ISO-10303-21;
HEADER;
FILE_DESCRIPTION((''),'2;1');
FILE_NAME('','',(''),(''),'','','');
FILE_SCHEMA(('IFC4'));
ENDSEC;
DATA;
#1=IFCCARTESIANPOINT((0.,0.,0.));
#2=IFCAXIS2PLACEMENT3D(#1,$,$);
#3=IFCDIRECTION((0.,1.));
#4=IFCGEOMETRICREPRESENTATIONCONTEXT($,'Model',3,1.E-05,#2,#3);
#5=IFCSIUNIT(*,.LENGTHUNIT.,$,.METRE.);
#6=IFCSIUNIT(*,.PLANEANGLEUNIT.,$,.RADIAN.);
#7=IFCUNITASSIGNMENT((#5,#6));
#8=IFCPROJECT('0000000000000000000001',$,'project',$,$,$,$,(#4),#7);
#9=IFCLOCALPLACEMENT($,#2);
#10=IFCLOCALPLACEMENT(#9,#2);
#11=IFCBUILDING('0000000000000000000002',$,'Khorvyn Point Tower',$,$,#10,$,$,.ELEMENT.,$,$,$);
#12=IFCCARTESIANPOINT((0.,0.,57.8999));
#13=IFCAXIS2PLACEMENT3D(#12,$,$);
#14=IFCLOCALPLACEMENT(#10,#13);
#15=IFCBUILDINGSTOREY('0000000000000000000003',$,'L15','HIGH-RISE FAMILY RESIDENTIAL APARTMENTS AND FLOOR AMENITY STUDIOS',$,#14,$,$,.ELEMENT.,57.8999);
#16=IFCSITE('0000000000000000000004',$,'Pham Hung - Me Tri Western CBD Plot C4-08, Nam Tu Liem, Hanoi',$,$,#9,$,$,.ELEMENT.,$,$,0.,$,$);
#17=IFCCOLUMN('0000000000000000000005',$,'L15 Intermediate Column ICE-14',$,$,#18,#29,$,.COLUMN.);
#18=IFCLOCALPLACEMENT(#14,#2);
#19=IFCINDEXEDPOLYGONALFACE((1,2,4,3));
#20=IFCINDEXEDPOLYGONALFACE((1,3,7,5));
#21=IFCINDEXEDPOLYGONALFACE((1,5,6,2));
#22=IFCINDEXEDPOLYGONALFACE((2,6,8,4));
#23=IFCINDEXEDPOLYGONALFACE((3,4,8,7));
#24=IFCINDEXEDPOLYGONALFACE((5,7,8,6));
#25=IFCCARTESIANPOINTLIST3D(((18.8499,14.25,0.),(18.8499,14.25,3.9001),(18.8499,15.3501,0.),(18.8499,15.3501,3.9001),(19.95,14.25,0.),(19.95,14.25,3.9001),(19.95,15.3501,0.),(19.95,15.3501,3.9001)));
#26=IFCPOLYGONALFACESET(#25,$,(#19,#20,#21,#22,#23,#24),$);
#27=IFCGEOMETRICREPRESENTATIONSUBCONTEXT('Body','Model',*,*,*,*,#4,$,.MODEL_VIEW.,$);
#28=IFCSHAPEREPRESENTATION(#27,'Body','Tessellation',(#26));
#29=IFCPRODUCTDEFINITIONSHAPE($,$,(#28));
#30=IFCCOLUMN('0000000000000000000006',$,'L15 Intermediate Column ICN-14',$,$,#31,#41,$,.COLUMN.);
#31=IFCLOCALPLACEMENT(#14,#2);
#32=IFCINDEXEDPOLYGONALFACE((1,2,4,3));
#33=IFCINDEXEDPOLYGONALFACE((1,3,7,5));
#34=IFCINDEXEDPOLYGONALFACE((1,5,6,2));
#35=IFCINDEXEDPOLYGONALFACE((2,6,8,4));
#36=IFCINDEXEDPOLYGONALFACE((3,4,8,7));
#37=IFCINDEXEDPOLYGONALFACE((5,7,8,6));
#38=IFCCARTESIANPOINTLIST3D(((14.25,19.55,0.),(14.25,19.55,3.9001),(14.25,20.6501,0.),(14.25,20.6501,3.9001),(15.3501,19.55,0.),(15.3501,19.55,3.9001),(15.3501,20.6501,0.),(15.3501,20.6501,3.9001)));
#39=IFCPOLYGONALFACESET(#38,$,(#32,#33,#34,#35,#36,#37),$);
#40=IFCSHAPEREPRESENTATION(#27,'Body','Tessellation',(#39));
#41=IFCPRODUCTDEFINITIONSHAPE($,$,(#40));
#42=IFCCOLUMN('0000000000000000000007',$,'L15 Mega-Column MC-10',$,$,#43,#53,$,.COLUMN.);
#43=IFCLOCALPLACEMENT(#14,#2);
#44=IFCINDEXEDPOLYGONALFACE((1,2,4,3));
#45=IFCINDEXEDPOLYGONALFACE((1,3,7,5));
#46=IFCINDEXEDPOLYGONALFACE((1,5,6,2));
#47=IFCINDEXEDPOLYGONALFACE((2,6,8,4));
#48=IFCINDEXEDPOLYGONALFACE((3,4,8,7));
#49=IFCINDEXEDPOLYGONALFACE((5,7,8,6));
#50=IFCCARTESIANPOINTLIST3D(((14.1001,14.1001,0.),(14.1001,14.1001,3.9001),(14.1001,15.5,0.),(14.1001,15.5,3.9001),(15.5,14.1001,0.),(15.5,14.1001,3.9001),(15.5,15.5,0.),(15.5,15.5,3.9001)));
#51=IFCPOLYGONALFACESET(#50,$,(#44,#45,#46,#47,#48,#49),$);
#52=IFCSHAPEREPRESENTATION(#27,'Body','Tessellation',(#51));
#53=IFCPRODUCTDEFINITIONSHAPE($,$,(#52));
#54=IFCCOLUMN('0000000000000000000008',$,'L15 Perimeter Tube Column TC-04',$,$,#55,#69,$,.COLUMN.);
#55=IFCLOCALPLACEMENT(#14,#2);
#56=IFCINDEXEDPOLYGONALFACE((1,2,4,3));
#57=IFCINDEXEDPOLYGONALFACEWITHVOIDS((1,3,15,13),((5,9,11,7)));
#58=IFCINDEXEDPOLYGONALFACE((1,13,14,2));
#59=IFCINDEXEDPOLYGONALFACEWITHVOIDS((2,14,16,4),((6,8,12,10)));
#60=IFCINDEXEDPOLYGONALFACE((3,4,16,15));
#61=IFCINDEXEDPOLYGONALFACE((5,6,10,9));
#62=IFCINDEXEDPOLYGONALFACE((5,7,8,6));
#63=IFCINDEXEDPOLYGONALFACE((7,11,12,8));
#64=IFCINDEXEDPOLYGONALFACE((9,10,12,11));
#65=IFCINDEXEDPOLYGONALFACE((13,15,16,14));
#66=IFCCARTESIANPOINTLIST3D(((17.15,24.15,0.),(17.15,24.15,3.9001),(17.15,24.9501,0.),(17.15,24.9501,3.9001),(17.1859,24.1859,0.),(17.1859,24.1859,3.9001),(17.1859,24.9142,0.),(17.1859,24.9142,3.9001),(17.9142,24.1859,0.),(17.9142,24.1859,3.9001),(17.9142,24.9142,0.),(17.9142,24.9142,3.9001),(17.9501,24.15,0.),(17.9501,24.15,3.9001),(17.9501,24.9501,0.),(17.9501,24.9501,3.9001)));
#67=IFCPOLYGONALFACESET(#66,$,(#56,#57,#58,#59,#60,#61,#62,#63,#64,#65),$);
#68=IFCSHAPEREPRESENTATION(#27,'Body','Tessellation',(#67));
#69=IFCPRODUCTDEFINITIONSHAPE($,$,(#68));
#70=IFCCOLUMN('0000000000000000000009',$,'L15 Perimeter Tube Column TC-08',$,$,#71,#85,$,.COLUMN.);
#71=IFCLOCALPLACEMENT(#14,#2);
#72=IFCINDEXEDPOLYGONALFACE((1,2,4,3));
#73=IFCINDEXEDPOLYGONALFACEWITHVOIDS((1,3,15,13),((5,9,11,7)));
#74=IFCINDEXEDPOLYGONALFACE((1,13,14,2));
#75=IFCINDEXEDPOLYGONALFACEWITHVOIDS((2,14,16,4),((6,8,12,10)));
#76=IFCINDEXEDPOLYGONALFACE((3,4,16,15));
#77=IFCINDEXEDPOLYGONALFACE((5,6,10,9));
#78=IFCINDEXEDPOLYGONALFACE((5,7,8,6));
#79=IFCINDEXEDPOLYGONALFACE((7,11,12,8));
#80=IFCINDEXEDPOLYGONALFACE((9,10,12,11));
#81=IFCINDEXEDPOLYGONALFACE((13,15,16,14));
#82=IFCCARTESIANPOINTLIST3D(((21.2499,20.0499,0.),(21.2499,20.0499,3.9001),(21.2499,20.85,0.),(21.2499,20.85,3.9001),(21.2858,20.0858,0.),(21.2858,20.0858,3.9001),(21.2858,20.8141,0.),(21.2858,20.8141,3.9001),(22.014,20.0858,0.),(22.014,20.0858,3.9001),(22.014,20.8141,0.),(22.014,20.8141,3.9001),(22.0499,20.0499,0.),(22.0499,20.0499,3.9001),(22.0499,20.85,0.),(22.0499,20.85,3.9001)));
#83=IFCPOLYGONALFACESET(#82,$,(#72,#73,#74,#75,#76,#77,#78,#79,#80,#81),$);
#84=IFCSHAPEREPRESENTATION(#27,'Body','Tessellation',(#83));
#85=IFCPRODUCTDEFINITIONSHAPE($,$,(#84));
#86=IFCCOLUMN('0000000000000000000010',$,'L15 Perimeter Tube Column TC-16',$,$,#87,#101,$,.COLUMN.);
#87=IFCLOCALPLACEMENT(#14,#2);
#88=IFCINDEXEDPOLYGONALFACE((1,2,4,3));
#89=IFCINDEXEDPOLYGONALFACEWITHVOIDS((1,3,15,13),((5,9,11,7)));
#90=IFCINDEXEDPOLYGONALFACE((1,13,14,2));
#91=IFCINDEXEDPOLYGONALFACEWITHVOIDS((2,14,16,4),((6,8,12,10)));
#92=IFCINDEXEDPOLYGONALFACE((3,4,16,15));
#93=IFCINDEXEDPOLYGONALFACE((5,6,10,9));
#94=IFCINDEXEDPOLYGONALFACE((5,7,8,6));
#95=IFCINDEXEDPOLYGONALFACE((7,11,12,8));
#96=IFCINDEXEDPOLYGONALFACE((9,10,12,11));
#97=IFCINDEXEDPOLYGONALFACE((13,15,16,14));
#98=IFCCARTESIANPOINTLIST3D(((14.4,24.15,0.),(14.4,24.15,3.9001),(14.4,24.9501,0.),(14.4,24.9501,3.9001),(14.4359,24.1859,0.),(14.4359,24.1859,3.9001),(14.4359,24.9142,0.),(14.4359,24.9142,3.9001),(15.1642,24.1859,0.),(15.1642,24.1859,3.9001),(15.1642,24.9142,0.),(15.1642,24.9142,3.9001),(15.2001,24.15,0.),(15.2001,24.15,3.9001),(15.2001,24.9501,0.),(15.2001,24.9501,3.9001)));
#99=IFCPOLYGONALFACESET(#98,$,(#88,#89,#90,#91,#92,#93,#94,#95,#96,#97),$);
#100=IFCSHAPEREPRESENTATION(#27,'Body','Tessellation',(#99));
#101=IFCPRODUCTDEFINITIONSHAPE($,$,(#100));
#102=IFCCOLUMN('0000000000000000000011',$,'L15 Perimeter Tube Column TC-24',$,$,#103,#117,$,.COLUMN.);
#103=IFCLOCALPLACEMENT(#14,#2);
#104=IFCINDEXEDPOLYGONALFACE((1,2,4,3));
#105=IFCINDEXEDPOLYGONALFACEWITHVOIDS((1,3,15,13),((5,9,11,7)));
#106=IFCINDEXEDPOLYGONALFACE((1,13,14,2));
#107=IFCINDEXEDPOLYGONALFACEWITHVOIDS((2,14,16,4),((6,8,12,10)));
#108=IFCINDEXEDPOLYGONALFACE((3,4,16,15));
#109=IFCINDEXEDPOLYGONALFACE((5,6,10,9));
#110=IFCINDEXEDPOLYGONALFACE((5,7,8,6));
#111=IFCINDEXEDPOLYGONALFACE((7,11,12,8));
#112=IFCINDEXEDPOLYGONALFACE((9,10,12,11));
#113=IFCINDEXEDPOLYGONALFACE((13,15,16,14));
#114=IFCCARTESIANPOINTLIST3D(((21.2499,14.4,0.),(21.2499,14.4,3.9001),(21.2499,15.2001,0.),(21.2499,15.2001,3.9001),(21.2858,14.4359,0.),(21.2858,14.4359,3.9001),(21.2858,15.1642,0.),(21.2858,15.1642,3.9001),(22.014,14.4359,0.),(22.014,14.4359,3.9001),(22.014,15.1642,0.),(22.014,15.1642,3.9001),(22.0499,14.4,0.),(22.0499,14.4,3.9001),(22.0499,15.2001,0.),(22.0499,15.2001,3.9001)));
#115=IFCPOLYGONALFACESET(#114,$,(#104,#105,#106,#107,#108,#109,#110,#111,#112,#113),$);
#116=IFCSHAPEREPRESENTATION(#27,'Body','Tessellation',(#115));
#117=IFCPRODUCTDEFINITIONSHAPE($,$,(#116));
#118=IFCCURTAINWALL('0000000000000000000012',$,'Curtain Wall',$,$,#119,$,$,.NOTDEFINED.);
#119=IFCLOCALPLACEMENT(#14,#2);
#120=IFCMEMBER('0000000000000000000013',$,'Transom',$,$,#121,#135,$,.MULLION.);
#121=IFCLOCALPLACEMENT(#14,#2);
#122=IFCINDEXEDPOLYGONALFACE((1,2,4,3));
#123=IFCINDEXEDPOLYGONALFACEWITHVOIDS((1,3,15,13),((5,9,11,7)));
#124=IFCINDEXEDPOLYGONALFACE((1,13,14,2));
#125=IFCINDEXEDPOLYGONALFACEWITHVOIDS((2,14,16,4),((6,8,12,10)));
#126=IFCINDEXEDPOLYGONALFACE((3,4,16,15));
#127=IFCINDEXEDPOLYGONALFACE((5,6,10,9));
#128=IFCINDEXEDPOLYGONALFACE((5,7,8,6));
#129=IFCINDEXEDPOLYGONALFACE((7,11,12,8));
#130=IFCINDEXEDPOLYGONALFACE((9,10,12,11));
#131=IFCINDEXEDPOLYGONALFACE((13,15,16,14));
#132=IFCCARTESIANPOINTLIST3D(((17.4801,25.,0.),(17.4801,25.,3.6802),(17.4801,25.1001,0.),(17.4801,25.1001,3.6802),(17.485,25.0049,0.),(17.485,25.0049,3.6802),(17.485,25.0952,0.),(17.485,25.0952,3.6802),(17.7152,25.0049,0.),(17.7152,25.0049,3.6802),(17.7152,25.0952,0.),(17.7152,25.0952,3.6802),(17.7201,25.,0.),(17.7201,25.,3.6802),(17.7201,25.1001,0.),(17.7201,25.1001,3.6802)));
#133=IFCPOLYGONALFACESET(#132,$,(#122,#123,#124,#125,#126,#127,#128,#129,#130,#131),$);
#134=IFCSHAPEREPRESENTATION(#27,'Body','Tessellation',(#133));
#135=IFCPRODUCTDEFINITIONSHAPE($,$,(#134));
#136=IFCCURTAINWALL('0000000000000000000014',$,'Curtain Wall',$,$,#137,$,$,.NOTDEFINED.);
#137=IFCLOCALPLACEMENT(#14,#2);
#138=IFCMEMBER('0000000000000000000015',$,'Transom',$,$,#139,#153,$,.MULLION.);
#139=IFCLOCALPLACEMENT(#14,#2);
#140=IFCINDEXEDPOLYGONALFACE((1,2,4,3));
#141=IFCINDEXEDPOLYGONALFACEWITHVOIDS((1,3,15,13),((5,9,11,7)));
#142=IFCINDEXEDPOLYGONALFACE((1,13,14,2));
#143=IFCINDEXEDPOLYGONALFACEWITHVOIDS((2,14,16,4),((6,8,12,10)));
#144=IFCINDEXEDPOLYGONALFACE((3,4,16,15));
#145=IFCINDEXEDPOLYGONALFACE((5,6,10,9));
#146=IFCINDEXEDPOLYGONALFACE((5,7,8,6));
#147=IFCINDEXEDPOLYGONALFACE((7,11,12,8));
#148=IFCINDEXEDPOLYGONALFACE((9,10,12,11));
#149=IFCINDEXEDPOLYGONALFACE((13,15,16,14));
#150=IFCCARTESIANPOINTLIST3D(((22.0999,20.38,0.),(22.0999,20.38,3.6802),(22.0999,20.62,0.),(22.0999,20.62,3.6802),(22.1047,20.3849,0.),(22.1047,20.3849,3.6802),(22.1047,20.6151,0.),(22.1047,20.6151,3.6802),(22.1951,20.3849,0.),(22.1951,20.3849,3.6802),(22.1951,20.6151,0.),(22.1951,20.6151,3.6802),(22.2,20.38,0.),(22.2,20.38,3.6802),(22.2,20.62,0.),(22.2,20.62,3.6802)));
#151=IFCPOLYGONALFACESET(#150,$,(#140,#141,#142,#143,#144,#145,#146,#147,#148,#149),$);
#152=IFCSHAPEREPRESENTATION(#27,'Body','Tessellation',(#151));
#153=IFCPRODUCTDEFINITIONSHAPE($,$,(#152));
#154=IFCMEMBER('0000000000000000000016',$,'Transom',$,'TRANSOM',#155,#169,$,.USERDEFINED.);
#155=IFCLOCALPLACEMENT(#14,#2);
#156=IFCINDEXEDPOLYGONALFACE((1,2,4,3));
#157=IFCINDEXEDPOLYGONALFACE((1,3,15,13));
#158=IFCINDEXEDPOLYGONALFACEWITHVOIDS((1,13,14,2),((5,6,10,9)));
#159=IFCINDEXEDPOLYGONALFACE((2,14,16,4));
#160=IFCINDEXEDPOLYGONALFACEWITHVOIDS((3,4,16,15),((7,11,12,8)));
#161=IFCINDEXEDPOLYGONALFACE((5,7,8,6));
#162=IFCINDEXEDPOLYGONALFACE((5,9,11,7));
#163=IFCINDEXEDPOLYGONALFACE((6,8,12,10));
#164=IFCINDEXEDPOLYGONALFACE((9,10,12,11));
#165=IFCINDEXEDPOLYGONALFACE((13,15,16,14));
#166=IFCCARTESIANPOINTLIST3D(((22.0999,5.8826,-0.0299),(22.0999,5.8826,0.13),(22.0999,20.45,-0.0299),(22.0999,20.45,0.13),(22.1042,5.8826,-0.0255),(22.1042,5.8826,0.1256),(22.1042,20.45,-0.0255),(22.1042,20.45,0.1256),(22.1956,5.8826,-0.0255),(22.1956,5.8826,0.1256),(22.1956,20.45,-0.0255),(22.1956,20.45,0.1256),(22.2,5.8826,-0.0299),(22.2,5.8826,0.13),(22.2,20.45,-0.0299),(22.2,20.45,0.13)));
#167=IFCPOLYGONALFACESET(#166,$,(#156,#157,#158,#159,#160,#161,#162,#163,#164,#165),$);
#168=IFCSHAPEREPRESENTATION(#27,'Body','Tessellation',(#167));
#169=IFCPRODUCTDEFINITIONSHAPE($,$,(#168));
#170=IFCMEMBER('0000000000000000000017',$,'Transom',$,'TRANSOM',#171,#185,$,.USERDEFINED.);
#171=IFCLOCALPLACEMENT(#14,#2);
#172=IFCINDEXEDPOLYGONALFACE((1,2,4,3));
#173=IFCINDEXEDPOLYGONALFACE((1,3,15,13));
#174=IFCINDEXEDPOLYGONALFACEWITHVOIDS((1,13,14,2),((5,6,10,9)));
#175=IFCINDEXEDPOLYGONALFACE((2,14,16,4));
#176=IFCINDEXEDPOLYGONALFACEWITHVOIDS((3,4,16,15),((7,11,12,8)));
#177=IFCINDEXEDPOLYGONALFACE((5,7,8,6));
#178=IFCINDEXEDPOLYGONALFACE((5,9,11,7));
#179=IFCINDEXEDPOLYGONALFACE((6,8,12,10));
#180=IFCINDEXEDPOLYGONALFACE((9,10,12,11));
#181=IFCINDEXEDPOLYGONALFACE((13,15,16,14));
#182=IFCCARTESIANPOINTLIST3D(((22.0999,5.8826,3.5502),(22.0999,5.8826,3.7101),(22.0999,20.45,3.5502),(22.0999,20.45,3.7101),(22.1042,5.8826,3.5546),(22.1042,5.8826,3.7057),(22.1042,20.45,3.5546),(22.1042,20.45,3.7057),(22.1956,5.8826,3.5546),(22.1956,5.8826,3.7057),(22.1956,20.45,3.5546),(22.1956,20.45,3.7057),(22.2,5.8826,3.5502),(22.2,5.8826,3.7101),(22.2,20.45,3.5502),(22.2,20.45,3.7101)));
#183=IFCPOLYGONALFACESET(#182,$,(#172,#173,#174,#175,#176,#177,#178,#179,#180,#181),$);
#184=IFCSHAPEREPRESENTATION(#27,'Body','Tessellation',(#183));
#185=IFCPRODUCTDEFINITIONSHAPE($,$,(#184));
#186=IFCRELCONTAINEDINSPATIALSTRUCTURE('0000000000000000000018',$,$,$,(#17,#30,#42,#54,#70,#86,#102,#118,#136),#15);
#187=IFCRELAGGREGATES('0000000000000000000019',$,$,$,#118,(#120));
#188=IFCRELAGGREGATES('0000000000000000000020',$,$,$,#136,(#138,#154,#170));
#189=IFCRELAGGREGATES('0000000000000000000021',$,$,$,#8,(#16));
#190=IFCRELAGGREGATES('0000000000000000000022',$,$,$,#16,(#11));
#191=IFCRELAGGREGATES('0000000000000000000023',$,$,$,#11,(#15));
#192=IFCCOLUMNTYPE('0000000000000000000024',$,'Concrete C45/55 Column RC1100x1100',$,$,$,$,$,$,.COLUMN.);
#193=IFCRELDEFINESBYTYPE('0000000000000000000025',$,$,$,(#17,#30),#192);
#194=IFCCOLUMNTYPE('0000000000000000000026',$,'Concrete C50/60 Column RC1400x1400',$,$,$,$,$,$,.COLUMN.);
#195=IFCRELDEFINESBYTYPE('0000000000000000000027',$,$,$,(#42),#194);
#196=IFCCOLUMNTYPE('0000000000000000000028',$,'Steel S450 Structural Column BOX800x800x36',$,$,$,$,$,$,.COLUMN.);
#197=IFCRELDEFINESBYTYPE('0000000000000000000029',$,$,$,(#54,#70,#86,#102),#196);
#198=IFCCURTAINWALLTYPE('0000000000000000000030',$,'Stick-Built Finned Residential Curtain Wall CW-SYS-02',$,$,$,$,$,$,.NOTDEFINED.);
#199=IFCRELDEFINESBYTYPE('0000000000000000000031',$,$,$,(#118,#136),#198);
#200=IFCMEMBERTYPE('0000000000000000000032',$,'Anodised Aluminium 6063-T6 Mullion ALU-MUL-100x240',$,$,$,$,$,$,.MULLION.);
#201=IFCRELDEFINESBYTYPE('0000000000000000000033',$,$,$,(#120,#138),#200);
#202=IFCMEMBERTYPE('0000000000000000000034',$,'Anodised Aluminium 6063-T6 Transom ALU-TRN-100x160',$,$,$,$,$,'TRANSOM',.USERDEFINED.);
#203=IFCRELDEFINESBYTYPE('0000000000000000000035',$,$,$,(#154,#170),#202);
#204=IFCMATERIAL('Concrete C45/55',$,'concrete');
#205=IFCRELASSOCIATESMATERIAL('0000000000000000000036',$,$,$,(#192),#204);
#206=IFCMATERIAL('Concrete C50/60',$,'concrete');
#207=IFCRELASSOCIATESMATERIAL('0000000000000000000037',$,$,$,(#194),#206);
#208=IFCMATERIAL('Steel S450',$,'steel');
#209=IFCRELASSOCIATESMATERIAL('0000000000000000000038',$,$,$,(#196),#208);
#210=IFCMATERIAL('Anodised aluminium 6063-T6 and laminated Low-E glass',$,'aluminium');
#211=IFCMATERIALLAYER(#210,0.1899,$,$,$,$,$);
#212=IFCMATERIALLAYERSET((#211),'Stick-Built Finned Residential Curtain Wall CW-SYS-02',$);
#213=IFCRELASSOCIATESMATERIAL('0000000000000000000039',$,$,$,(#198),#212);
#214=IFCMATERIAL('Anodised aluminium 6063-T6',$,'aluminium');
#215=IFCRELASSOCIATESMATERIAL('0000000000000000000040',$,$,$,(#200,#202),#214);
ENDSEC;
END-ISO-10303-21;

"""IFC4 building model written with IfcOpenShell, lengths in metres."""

from ifc_helpers import new_model, si_unit, direction, frame, origin, origin_2d, place, context, subcontext, project, spatial, rectangle, hollow_rectangle, extrude, material, layer, layer_set, material_profile, profile_set, type_object, element, aggregate, save


model = new_model("IFC4")

# Units and contexts
model_context = context("Model", 3, precision=1e-05, world=origin(), true_north=direction((0.0, 1.0)))
body_context = subcontext(model_context, "Body", "Model", "MODEL_VIEW")
ifc_project = project(units=[si_unit("LENGTHUNIT", "METRE"), si_unit("PLANEANGLEUNIT", "RADIAN")], contexts=[model_context])

# Site, building, storey
site_placement = place(None, origin())
site = spatial("IfcSite", under=ifc_project, at=site_placement, Name="Pham Hung - Me Tri Western CBD Plot C4-08, Nam Tu Liem, Hanoi", CompositionType="ELEMENT", RefElevation=0.0)
building_placement = place(site_placement, origin())
building = spatial("IfcBuilding", under=site, at=building_placement, Name="Khorvyn Point Tower", CompositionType="ELEMENT")
storey_placement = place(building_placement, frame((0.0, 0.0, 57.8999)))
storey = spatial("IfcBuildingStorey", under=building, at=storey_placement, Name="L15", Description="HIGH-RISE FAMILY RESIDENTIAL APARTMENTS AND FLOOR AMENITY STUDIOS", CompositionType="ELEMENT", Elevation=57.8999)

# Columns
ifc_material_1 = material(Name="Concrete C45/55", Category="concrete")
ifc_material_profile_1 = material_profile(ifc_material_1, rectangle(XDim=1.1001, YDim=1.1001, at=origin_2d()))
ifc_profile_set_1 = profile_set([ifc_material_profile_1], Name="Concrete C45/55 RC1100x1100")
column_type_1 = type_object("IfcColumnType", Name="Concrete C45/55 Column RC1100x1100", PredefinedType="COLUMN", material=ifc_profile_set_1)
for number, where, z_axis, x_axis, name in (
    (1, (19.3999, 14.8, 0.0), (0.0, 0.0, 1.0), (1.0, 0.0, 0.0), "L15 Intermediate Column ICE-14"),
    (2, (14.8, 20.1001, 0.0), (0.0, 0.0, 1.0), (1.0, 0.0, 0.0), "L15 Intermediate Column ICN-14"),
):
    element("IfcColumn", number, at=place(storey_placement, frame(where, z_axis=z_axis, x_axis=x_axis)), inside=storey, type_object=column_type_1, Name=name, PredefinedType="COLUMN", context=body_context, shape_type="SweptSolid", body=[
        extrude(rectangle(XDim=1.1001, YDim=1.1001, at=origin_2d()), origin(), (0.0, 0.0, 1.0), 3.9001),
    ])
ifc_material_2 = material(Name="Concrete C50/60", Category="concrete")
ifc_material_profile_2 = material_profile(ifc_material_2, rectangle(XDim=1.3999, YDim=1.3999, at=origin_2d()))
ifc_profile_set_2 = profile_set([ifc_material_profile_2], Name="Concrete C50/60 RC1400x1400")
column_type_2 = type_object("IfcColumnType", Name="Concrete C50/60 Column RC1400x1400", PredefinedType="COLUMN", material=ifc_profile_set_2)
column_placement = place(storey_placement, frame((14.8, 14.8, 0.0), z_axis=(0.0, 0.0, 1.0), x_axis=(1.0, 0.0, 0.0)))
element("IfcColumn", 3, at=column_placement, inside=storey, type_object=column_type_2, Name="L15 Mega-Column MC-10", PredefinedType="COLUMN", context=body_context, shape_type="SweptSolid", body=[
    extrude(rectangle(XDim=1.3999, YDim=1.3999, at=origin_2d()), origin(), (0.0, 0.0, 1.0), 3.9001),
])
ifc_material_3 = material(Name="Steel S450", Category="steel")
ifc_material_profile_3 = material_profile(ifc_material_3, hollow_rectangle(XDim=0.8, YDim=0.8, WallThickness=0.0359, at=origin_2d()))
ifc_profile_set_3 = profile_set([ifc_material_profile_3], Name="Steel S450 BOX800x800x36")
column_type_3 = type_object("IfcColumnType", Name="Steel S450 Structural Column BOX800x800x36", PredefinedType="COLUMN", material=ifc_profile_set_3)
for number, where, z_axis, x_axis, name in (
    (4, (17.55, 24.55, 0.0), (0.0, 0.0, 1.0), (1.0, 0.0, 0.0), "L15 Perimeter Tube Column TC-04"),
    (5, (21.6499, 20.45, 0.0), (0.0, 0.0, 1.0), (1.0, 0.0, 0.0), "L15 Perimeter Tube Column TC-08"),
    (6, (14.8, 24.55, 0.0), (0.0, 0.0, 1.0), (1.0, 0.0, 0.0), "L15 Perimeter Tube Column TC-16"),
    (7, (21.6499, 14.8, 0.0), (0.0, 0.0, 1.0), (1.0, 0.0, 0.0), "L15 Perimeter Tube Column TC-24"),
):
    element("IfcColumn", number, at=place(storey_placement, frame(where, z_axis=z_axis, x_axis=x_axis)), inside=storey, type_object=column_type_3, Name=name, PredefinedType="COLUMN", context=body_context, shape_type="SweptSolid", body=[
        extrude(hollow_rectangle(XDim=0.8, YDim=0.8, WallThickness=0.0359, at=origin_2d()), origin(), (0.0, 0.0, 1.0), 3.9001),
    ])

# Curtain wall, member
ifc_material_4 = material(Name="Anodised aluminium 6063-T6 and laminated Low-E glass", Category="aluminium")
ifc_layer_1 = layer(ifc_material_4, 0.1899)
ifc_layer_set_1 = layer_set([ifc_layer_1], Name="Stick-Built Finned Residential Curtain Wall CW-SYS-02")
curtain_wall_type = type_object("IfcCurtainWallType", Name="Stick-Built Finned Residential Curtain Wall CW-SYS-02", PredefinedType="NOTDEFINED", material=ifc_layer_set_1)
curtain_wall_1_placement = place(storey_placement, origin())
curtain_wall_1 = element("IfcCurtainWall", 8, at=curtain_wall_1_placement, inside=storey, type_object=curtain_wall_type, Name="Curtain Wall", PredefinedType="NOTDEFINED")
ifc_material_5 = material(Name="Anodised aluminium 6063-T6", Category="aluminium")
ifc_material_profile_4 = material_profile(ifc_material_5, hollow_rectangle(XDim=0.1001, YDim=0.24, WallThickness=0.0049, at=origin_2d()))
ifc_profile_set_4 = profile_set([ifc_material_profile_4], Name="Anodised aluminium 6063-T6 ALU-MUL-100x240")
member_type_1 = type_object("IfcMemberType", Name="Anodised Aluminium 6063-T6 Mullion ALU-MUL-100x240", PredefinedType="MULLION", material=ifc_profile_set_4)
member_1_placement = place(storey_placement, frame((17.6001, 25.05, 0.0), z_axis=(0.0, 0.0, 1.0), x_axis=(0.0, 1.0, 0.0)))
member_1 = element("IfcMember", 9, at=member_1_placement, type_object=member_type_1, Name="Transom", PredefinedType="MULLION", context=body_context, shape_type="SweptSolid", body=[
    extrude(hollow_rectangle(XDim=0.1001, YDim=0.24, WallThickness=0.0049, at=origin_2d()), origin(), (0.0, 0.0, 1.0), 3.6802),
])

# Curtain wall, members
curtain_wall_2_placement = place(storey_placement, origin())
curtain_wall_2 = element("IfcCurtainWall", 10, at=curtain_wall_2_placement, inside=storey, type_object=curtain_wall_type, Name="Curtain Wall", PredefinedType="NOTDEFINED")
member_2_placement = place(storey_placement, frame((22.1499, 20.5, 0.0), z_axis=(0.0, 0.0, 1.0), x_axis=(1.0, 0.0, 0.0)))
member_2 = element("IfcMember", 11, at=member_2_placement, type_object=member_type_1, Name="Transom", PredefinedType="MULLION", context=body_context, shape_type="SweptSolid", body=[
    extrude(hollow_rectangle(XDim=0.1001, YDim=0.24, WallThickness=0.0049, at=origin_2d()), origin(), (0.0, 0.0, 1.0), 3.6802),
])
ifc_material_profile_5 = material_profile(ifc_material_5, hollow_rectangle(XDim=0.1001, YDim=0.1599, WallThickness=0.0044, at=origin_2d()))
ifc_profile_set_5 = profile_set([ifc_material_profile_5], Name="Anodised aluminium 6063-T6 ALU-TRN-100x160")
member_type_2 = type_object("IfcMemberType", Name="Anodised Aluminium 6063-T6 Transom ALU-TRN-100x160", ElementType="TRANSOM", PredefinedType="USERDEFINED", material=ifc_profile_set_5)
member_3_placement = place(storey_placement, frame((22.1499, 20.45, 0.05), z_axis=(0.0, -1.0, 0.0), x_axis=(1.0, 0.0, 0.0)))
member_3 = element("IfcMember", 12, at=member_3_placement, type_object=member_type_2, Name="Transom", ObjectType="TRANSOM", PredefinedType="USERDEFINED", context=body_context, shape_type="SweptSolid", body=[
    extrude(hollow_rectangle(XDim=0.1001, YDim=0.1599, WallThickness=0.0044, at=origin_2d()), origin(), (0.0, 0.0, 1.0), 14.5674),
])
member_4_placement = place(storey_placement, frame((22.1499, 20.45, 3.6301), z_axis=(0.0, -1.0, 0.0), x_axis=(1.0, 0.0, 0.0)))
member_4 = element("IfcMember", 13, at=member_4_placement, type_object=member_type_2, Name="Transom", ObjectType="TRANSOM", PredefinedType="USERDEFINED", context=body_context, shape_type="SweptSolid", body=[
    extrude(hollow_rectangle(XDim=0.1001, YDim=0.1599, WallThickness=0.0044, at=origin_2d()), origin(), (0.0, 0.0, 1.0), 14.5674),
])

aggregate(curtain_wall_1, [member_1])
aggregate(curtain_wall_2, [member_2, member_3, member_4])

save(model, "model.ifc")
